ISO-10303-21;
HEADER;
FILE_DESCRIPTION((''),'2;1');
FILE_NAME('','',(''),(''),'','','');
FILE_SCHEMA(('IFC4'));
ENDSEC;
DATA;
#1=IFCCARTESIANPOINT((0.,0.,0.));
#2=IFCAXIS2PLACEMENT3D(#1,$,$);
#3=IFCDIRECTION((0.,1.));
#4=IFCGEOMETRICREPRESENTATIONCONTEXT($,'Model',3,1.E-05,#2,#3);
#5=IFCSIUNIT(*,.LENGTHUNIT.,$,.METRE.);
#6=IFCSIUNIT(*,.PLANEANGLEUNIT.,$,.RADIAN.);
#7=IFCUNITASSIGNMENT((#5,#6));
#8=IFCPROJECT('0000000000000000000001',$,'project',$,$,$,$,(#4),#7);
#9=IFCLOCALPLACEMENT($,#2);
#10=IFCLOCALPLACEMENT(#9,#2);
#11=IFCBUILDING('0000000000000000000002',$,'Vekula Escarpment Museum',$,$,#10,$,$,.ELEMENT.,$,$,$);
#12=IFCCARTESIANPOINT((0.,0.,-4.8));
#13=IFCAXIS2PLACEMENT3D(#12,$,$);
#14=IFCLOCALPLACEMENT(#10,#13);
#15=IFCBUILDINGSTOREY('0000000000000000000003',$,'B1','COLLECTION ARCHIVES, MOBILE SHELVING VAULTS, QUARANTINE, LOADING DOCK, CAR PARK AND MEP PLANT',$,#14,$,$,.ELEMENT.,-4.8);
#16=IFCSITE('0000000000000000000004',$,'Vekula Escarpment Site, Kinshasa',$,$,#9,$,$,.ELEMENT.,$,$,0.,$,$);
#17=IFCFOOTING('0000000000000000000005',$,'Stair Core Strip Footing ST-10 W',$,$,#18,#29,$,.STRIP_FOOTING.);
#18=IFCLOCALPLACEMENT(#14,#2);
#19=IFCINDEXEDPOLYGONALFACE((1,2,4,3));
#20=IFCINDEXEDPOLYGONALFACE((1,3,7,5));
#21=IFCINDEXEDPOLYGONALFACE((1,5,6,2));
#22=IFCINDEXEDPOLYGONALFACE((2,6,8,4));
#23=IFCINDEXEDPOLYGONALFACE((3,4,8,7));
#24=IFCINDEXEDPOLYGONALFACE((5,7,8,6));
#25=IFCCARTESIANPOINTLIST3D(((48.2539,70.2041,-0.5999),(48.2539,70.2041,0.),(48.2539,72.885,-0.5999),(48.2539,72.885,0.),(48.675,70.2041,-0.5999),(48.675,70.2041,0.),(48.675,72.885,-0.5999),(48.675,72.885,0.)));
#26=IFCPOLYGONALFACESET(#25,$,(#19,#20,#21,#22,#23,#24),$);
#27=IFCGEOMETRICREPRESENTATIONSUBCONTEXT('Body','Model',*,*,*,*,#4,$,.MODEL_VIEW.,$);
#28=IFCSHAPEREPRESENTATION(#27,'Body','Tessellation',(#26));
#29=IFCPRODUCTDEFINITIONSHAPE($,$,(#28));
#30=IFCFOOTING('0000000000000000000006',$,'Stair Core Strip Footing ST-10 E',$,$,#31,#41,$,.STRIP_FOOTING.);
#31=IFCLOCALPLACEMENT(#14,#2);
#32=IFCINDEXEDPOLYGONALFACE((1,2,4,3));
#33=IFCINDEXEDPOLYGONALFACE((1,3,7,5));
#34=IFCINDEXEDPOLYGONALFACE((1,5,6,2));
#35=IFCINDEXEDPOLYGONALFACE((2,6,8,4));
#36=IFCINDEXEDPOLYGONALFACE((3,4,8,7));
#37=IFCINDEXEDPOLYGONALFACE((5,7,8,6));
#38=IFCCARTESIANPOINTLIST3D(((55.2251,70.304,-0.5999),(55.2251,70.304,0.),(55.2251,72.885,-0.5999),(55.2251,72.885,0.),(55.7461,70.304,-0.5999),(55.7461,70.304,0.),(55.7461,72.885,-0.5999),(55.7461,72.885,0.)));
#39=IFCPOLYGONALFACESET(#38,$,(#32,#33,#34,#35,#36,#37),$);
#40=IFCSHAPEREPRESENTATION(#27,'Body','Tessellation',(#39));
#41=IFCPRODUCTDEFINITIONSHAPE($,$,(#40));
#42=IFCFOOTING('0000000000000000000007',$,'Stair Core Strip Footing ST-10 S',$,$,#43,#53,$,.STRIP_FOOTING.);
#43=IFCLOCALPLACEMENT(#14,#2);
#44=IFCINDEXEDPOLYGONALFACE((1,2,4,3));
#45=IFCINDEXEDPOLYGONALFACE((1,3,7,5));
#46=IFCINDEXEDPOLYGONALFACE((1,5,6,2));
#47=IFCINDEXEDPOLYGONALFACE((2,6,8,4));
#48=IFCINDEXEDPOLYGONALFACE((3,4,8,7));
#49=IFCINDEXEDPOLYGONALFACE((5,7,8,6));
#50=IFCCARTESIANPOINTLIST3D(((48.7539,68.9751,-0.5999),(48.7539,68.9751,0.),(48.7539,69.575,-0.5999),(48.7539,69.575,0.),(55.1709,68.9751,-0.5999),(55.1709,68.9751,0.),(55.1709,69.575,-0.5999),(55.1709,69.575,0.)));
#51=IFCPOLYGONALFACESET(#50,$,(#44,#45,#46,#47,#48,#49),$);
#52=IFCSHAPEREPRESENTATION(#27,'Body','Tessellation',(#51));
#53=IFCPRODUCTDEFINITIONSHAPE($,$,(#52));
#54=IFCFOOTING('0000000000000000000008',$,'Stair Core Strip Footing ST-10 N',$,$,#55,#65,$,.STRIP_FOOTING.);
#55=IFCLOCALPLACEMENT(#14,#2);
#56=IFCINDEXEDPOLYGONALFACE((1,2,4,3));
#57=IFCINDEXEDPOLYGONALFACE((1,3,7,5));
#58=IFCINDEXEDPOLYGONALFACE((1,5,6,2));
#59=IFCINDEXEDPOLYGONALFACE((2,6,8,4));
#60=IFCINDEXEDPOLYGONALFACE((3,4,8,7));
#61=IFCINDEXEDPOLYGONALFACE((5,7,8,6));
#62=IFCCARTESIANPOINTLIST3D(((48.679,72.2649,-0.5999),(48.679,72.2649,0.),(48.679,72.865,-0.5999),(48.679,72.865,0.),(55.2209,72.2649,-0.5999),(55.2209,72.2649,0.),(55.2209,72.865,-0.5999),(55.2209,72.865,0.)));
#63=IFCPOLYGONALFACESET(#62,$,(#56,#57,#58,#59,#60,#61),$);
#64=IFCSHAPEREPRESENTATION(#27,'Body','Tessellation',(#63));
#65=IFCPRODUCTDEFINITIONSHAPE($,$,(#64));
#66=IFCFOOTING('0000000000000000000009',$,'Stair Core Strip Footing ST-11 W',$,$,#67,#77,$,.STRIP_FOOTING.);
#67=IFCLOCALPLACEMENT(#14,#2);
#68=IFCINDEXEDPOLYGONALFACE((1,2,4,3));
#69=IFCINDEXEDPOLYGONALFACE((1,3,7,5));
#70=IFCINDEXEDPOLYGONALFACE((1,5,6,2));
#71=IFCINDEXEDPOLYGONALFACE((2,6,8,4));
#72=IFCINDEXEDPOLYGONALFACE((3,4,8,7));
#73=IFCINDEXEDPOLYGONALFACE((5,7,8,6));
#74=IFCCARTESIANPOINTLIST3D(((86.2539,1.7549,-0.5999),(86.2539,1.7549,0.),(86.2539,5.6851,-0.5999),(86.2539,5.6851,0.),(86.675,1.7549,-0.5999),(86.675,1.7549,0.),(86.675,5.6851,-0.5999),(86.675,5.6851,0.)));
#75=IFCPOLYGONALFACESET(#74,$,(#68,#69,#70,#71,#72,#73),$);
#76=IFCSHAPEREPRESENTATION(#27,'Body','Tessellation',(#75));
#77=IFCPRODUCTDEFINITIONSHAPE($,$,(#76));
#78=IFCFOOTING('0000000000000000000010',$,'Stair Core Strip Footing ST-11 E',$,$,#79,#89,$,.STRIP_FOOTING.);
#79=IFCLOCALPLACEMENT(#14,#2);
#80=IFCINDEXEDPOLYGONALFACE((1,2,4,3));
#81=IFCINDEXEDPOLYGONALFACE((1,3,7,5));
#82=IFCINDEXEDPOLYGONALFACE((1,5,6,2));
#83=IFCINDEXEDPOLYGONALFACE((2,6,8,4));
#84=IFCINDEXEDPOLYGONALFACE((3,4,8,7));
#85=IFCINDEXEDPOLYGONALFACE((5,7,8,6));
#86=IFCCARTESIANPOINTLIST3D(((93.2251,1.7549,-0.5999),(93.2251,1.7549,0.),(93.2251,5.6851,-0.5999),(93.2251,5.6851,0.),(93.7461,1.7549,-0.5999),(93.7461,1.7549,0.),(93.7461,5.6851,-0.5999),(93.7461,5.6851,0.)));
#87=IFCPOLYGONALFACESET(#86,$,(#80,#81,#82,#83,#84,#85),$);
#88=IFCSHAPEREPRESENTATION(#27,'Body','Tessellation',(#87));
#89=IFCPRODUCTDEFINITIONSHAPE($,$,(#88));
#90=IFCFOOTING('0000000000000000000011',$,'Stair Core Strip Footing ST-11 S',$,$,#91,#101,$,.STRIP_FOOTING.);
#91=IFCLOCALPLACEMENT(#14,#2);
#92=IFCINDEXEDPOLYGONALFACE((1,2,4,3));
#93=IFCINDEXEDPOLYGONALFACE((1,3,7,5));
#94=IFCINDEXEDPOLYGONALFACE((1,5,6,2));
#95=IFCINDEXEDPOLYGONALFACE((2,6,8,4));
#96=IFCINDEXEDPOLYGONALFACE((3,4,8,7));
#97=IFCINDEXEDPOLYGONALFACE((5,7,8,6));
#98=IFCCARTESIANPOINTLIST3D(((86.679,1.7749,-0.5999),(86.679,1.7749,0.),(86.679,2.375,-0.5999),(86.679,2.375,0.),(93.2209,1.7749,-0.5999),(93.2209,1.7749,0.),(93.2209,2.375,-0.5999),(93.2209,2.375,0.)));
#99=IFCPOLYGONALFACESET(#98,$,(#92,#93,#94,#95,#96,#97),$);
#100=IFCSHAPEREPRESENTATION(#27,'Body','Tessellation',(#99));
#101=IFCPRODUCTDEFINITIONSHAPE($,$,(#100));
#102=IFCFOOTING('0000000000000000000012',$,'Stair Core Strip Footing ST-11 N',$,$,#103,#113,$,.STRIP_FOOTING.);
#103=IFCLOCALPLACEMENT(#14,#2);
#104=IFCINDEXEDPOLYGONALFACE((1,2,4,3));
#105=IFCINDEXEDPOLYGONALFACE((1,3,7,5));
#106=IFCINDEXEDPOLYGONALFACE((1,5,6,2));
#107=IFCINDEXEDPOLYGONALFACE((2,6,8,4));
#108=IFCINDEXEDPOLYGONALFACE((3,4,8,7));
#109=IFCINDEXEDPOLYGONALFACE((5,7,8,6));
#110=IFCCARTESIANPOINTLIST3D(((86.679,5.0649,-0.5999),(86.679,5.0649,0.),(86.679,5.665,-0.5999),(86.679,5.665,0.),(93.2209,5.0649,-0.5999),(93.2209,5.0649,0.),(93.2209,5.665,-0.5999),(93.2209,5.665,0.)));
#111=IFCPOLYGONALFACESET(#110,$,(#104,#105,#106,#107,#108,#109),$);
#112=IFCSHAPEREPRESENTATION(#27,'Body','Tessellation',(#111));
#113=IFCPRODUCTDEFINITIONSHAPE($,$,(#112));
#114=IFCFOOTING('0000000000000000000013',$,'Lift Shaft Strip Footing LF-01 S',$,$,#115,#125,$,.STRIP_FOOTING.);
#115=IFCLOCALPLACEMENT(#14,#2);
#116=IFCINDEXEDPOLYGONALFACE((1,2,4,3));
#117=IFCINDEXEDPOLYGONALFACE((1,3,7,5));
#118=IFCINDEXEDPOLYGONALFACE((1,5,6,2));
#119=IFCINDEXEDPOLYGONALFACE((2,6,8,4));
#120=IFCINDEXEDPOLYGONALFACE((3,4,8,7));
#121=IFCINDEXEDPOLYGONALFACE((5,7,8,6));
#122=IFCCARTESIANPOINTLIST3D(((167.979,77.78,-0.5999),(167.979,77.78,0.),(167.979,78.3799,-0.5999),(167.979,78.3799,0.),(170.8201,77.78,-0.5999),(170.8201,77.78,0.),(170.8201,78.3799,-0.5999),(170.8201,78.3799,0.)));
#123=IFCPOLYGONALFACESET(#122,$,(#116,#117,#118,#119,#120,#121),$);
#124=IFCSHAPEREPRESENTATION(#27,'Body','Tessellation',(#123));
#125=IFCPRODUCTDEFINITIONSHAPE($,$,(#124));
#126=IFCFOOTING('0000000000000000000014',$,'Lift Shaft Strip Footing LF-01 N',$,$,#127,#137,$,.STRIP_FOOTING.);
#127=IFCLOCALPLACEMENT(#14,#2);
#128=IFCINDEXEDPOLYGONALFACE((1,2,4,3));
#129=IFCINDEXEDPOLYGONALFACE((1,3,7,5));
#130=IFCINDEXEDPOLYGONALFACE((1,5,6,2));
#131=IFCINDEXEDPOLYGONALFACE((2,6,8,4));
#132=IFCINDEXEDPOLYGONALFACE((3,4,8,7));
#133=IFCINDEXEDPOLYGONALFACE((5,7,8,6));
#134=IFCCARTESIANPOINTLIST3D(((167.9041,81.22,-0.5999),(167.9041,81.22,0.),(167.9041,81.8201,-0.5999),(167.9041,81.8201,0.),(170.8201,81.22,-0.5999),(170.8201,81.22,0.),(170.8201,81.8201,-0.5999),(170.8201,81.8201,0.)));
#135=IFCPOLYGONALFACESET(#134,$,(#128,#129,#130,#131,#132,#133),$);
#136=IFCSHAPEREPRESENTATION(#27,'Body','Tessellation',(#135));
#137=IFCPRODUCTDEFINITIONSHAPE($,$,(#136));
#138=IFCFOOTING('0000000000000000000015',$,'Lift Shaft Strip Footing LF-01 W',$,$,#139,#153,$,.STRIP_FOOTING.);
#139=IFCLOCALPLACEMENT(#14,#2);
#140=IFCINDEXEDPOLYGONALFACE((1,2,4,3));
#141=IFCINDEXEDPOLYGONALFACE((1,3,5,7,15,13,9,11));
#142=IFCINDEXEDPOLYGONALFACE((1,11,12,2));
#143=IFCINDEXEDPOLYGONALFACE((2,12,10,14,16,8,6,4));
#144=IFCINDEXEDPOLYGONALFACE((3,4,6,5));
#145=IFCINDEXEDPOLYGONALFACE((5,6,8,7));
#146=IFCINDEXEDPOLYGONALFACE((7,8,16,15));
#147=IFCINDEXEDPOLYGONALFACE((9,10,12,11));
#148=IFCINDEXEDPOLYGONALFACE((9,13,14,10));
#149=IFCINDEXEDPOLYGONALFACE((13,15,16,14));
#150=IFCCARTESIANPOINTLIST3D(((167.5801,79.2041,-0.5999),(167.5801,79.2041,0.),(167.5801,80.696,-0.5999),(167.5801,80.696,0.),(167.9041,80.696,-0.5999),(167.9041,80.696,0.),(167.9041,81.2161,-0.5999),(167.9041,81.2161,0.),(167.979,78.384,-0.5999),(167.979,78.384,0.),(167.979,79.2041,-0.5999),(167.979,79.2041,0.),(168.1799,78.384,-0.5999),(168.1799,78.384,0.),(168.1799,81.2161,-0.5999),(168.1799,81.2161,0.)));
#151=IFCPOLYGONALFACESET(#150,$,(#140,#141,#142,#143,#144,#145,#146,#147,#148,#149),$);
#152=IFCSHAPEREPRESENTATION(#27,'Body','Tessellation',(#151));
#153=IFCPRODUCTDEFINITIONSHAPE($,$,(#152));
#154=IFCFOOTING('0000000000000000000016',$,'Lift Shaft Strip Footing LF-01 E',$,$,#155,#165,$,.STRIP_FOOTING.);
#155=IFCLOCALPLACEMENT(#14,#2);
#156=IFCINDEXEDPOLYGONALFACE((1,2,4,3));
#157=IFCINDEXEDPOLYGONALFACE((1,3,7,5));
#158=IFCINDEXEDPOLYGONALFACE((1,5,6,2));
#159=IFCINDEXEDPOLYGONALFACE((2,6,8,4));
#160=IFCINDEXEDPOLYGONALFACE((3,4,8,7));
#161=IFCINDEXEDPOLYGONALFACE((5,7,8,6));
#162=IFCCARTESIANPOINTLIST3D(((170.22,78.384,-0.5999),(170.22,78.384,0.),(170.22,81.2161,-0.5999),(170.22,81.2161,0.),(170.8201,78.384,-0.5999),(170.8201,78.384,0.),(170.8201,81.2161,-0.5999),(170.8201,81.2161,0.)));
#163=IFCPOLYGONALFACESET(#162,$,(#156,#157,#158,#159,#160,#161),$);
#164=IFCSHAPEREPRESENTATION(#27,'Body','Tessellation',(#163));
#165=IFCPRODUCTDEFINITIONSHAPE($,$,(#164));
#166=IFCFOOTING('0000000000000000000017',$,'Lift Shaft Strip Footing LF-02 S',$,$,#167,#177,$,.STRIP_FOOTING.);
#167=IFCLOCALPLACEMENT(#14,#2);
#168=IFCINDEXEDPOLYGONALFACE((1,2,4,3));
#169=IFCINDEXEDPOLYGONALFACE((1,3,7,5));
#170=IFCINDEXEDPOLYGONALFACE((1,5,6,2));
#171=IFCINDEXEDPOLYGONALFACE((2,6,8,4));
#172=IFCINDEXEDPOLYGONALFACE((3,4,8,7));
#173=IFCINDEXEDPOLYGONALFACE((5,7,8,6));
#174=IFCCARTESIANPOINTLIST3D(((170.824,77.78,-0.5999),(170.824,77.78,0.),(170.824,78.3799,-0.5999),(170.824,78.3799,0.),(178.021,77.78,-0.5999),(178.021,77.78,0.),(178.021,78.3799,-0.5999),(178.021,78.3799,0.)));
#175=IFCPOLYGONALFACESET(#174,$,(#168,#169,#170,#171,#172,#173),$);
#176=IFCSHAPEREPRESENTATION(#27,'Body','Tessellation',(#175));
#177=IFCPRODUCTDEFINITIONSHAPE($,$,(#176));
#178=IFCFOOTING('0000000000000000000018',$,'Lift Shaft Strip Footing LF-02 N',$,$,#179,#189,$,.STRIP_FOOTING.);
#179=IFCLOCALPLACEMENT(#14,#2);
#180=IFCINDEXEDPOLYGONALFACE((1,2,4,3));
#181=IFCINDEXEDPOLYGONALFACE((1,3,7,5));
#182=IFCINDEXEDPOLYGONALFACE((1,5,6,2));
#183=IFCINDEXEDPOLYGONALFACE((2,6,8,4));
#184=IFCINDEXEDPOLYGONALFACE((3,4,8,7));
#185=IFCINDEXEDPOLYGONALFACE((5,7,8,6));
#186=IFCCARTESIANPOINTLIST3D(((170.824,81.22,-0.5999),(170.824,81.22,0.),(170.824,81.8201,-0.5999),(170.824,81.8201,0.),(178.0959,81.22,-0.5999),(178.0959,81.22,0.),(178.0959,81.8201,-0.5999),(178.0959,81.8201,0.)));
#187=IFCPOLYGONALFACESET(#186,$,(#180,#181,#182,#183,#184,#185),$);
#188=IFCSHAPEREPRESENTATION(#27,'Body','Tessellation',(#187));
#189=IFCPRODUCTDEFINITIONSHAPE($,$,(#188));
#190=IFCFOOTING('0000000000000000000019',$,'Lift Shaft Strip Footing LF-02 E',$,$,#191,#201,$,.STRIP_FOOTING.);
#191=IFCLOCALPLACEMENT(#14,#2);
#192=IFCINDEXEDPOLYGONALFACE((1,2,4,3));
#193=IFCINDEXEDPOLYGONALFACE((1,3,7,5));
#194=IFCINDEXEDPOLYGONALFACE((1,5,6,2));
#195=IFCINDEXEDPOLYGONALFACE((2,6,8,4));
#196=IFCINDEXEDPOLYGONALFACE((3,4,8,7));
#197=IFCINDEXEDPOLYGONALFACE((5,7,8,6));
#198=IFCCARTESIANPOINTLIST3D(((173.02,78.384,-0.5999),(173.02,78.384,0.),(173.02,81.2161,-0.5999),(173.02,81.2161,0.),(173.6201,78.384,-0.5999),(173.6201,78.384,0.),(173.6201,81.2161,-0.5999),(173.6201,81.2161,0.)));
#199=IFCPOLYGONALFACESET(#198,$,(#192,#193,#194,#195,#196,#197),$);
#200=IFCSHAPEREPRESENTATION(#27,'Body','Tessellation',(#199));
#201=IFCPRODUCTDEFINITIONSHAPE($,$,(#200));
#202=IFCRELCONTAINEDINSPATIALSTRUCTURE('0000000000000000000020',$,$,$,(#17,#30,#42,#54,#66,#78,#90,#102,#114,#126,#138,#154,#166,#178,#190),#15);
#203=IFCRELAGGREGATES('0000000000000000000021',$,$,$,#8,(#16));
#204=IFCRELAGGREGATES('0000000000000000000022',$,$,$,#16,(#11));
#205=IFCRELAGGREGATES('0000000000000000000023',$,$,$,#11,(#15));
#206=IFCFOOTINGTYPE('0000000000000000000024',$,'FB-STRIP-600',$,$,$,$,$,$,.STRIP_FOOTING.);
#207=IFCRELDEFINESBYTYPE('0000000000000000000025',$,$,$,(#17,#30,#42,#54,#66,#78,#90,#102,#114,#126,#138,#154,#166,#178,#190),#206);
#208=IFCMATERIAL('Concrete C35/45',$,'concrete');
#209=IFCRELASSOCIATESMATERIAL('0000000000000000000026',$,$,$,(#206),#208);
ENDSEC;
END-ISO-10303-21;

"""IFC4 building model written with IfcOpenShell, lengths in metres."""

from ifc_helpers import new_model, si_unit, direction, frame, origin, place, context, subcontext, project, spatial, polyline, outline, extrude, material, type_object, element, save


model = new_model("IFC4")

# Units and contexts
model_context = context("Model", 3, precision=1e-05, world=origin(), true_north=direction((0.0, 1.0)))
body_context = subcontext(model_context, "Body", "Model", "MODEL_VIEW")
ifc_project = project(units=[si_unit("LENGTHUNIT", "METRE"), si_unit("PLANEANGLEUNIT", "RADIAN")], contexts=[model_context])

# Site, building, storey
site_placement = place(None, origin())
site = spatial("IfcSite", under=ifc_project, at=site_placement, Name="Vekula Escarpment Site, Kinshasa", CompositionType="ELEMENT", RefElevation=0.0)
building_placement = place(site_placement, origin())
building = spatial("IfcBuilding", under=site, at=building_placement, Name="Vekula Escarpment Museum", CompositionType="ELEMENT")
storey_placement = place(building_placement, frame((0.0, 0.0, -4.8)))
storey = spatial("IfcBuildingStorey", under=building, at=storey_placement, Name="B1", Description="COLLECTION ARCHIVES, MOBILE SHELVING VAULTS, QUARANTINE, LOADING DOCK, CAR PARK AND MEP PLANT", CompositionType="ELEMENT", Elevation=-4.8)

# Footings
ifc_material_1 = material(Name="Concrete C35/45", Category="concrete")
footing_type = type_object("IfcFootingType", Name="FB-STRIP-600", PredefinedType="STRIP_FOOTING", material=ifc_material_1)
footing_1_placement = place(storey_placement, frame((0.0, 0.0, -0.5999)))
element("IfcFooting", 1, at=footing_1_placement, inside=storey, type_object=footing_type, Name="Stair Core Strip Footing ST-10 W", PredefinedType="STRIP_FOOTING", context=body_context, shape_type="SweptSolid", body=[
    extrude(outline(polyline([(48.675, 72.885), (48.675, 70.2041), (48.2539, 70.2041), (48.2539, 72.885), (48.675, 72.885)])), origin(), (0.0, 0.0, 1.0), 0.5999),
])
footing_2_placement = place(storey_placement, frame((0.0, 0.0, -0.5999)))
element("IfcFooting", 2, at=footing_2_placement, inside=storey, type_object=footing_type, Name="Stair Core Strip Footing ST-10 E", PredefinedType="STRIP_FOOTING", context=body_context, shape_type="SweptSolid", body=[
    extrude(outline(polyline([(55.2251, 72.885), (55.7461, 72.885), (55.7461, 70.304), (55.2251, 70.304), (55.2251, 72.885)])), origin(), (0.0, 0.0, 1.0), 0.5999),
])
footing_3_placement = place(storey_placement, frame((0.0, 0.0, -0.5999)))
element("IfcFooting", 3, at=footing_3_placement, inside=storey, type_object=footing_type, Name="Stair Core Strip Footing ST-10 S", PredefinedType="STRIP_FOOTING", context=body_context, shape_type="SweptSolid", body=[
    extrude(outline(polyline([(48.7539, 68.9751), (48.7539, 69.575), (55.1709, 69.575), (55.1709, 68.9751), (48.7539, 68.9751)])), origin(), (0.0, 0.0, 1.0), 0.5999),
])
footing_4_placement = place(storey_placement, frame((0.0, 0.0, -0.5999)))
element("IfcFooting", 4, at=footing_4_placement, inside=storey, type_object=footing_type, Name="Stair Core Strip Footing ST-10 N", PredefinedType="STRIP_FOOTING", context=body_context, shape_type="SweptSolid", body=[
    extrude(outline(polyline([(48.679, 72.2649), (48.679, 72.865), (55.2209, 72.865), (55.2209, 72.2649), (48.679, 72.2649)])), origin(), (0.0, 0.0, 1.0), 0.5999),
])
footing_5_placement = place(storey_placement, frame((0.0, 0.0, -0.5999)))
element("IfcFooting", 5, at=footing_5_placement, inside=storey, type_object=footing_type, Name="Stair Core Strip Footing ST-11 W", PredefinedType="STRIP_FOOTING", context=body_context, shape_type="SweptSolid", body=[
    extrude(outline(polyline([(86.675, 5.6851), (86.675, 1.7549), (86.2539, 1.7549), (86.2539, 5.6851), (86.675, 5.6851)])), origin(), (0.0, 0.0, 1.0), 0.5999),
])
footing_6_placement = place(storey_placement, frame((0.0, 0.0, -0.5999)))
element("IfcFooting", 6, at=footing_6_placement, inside=storey, type_object=footing_type, Name="Stair Core Strip Footing ST-11 E", PredefinedType="STRIP_FOOTING", context=body_context, shape_type="SweptSolid", body=[
    extrude(outline(polyline([(93.2251, 1.7549), (93.2251, 5.6851), (93.7461, 5.6851), (93.7461, 1.7549), (93.2251, 1.7549)])), origin(), (0.0, 0.0, 1.0), 0.5999),
])
footing_7_placement = place(storey_placement, frame((0.0, 0.0, -0.5999)))
element("IfcFooting", 7, at=footing_7_placement, inside=storey, type_object=footing_type, Name="Stair Core Strip Footing ST-11 S", PredefinedType="STRIP_FOOTING", context=body_context, shape_type="SweptSolid", body=[
    extrude(outline(polyline([(86.679, 1.7749), (86.679, 2.375), (93.2209, 2.375), (93.2209, 1.7749), (86.679, 1.7749)])), origin(), (0.0, 0.0, 1.0), 0.5999),
])
footing_8_placement = place(storey_placement, frame((0.0, 0.0, -0.5999)))
element("IfcFooting", 8, at=footing_8_placement, inside=storey, type_object=footing_type, Name="Stair Core Strip Footing ST-11 N", PredefinedType="STRIP_FOOTING", context=body_context, shape_type="SweptSolid", body=[
    extrude(outline(polyline([(86.679, 5.0649), (86.679, 5.665), (93.2209, 5.665), (93.2209, 5.0649), (86.679, 5.0649)])), origin(), (0.0, 0.0, 1.0), 0.5999),
])
footing_9_placement = place(storey_placement, frame((0.0, 0.0, -0.5999)))
element("IfcFooting", 9, at=footing_9_placement, inside=storey, type_object=footing_type, Name="Lift Shaft Strip Footing LF-01 S", PredefinedType="STRIP_FOOTING", context=body_context, shape_type="SweptSolid", body=[
    extrude(outline(polyline([(170.8201, 78.3799), (170.8201, 77.78), (167.979, 77.78), (167.979, 78.3799), (170.8201, 78.3799)])), origin(), (0.0, 0.0, 1.0), 0.5999),
])
footing_10_placement = place(storey_placement, frame((0.0, 0.0, -0.5999)))
element("IfcFooting", 10, at=footing_10_placement, inside=storey, type_object=footing_type, Name="Lift Shaft Strip Footing LF-01 N", PredefinedType="STRIP_FOOTING", context=body_context, shape_type="SweptSolid", body=[
    extrude(outline(polyline([(170.8201, 81.8201), (170.8201, 81.22), (167.9041, 81.22), (167.9041, 81.8201), (170.8201, 81.8201)])), origin(), (0.0, 0.0, 1.0), 0.5999),
])
footing_11_placement = place(storey_placement, frame((0.0, 0.0, -0.5999)))
element("IfcFooting", 11, at=footing_11_placement, inside=storey, type_object=footing_type, Name="Lift Shaft Strip Footing LF-01 W", PredefinedType="STRIP_FOOTING", context=body_context, shape_type="SweptSolid", body=[
    extrude(outline(polyline([(168.1799, 78.384), (167.979, 78.384), (167.979, 79.2041), (167.5801, 79.2041), (167.5801, 80.696), (167.9041, 80.696), (167.9041, 81.2161), (168.1799, 81.2161), (168.1799, 78.384)])), origin(), (0.0, 0.0, 1.0), 0.5999),
])
footing_12_placement = place(storey_placement, frame((0.0, 0.0, -0.5999)))
element("IfcFooting", 12, at=footing_12_placement, inside=storey, type_object=footing_type, Name="Lift Shaft Strip Footing LF-01 E", PredefinedType="STRIP_FOOTING", context=body_context, shape_type="SweptSolid", body=[
    extrude(outline(polyline([(170.8201, 78.384), (170.22, 78.384), (170.22, 81.2161), (170.8201, 81.2161), (170.8201, 78.384)])), origin(), (0.0, 0.0, 1.0), 0.5999),
])
footing_13_placement = place(storey_placement, frame((0.0, 0.0, -0.5999)))
element("IfcFooting", 13, at=footing_13_placement, inside=storey, type_object=footing_type, Name="Lift Shaft Strip Footing LF-02 S", PredefinedType="STRIP_FOOTING", context=body_context, shape_type="SweptSolid", body=[
    extrude(outline(polyline([(170.824, 77.78), (170.824, 78.3799), (178.021, 78.3799), (178.021, 77.78), (170.824, 77.78)])), origin(), (0.0, 0.0, 1.0), 0.5999),
])
footing_14_placement = place(storey_placement, frame((0.0, 0.0, -0.5999)))
element("IfcFooting", 14, at=footing_14_placement, inside=storey, type_object=footing_type, Name="Lift Shaft Strip Footing LF-02 N", PredefinedType="STRIP_FOOTING", context=body_context, shape_type="SweptSolid", body=[
    extrude(outline(polyline([(170.824, 81.22), (170.824, 81.8201), (178.0959, 81.8201), (178.0959, 81.22), (170.824, 81.22)])), origin(), (0.0, 0.0, 1.0), 0.5999),
])
footing_15_placement = place(storey_placement, frame((0.0, 0.0, -0.5999)))
element("IfcFooting", 15, at=footing_15_placement, inside=storey, type_object=footing_type, Name="Lift Shaft Strip Footing LF-02 E", PredefinedType="STRIP_FOOTING", context=body_context, shape_type="SweptSolid", body=[
    extrude(outline(polyline([(173.6201, 78.384), (173.02, 78.384), (173.02, 81.2161), (173.6201, 81.2161), (173.6201, 78.384)])), origin(), (0.0, 0.0, 1.0), 0.5999),
])

save(model, "model.ifc")
